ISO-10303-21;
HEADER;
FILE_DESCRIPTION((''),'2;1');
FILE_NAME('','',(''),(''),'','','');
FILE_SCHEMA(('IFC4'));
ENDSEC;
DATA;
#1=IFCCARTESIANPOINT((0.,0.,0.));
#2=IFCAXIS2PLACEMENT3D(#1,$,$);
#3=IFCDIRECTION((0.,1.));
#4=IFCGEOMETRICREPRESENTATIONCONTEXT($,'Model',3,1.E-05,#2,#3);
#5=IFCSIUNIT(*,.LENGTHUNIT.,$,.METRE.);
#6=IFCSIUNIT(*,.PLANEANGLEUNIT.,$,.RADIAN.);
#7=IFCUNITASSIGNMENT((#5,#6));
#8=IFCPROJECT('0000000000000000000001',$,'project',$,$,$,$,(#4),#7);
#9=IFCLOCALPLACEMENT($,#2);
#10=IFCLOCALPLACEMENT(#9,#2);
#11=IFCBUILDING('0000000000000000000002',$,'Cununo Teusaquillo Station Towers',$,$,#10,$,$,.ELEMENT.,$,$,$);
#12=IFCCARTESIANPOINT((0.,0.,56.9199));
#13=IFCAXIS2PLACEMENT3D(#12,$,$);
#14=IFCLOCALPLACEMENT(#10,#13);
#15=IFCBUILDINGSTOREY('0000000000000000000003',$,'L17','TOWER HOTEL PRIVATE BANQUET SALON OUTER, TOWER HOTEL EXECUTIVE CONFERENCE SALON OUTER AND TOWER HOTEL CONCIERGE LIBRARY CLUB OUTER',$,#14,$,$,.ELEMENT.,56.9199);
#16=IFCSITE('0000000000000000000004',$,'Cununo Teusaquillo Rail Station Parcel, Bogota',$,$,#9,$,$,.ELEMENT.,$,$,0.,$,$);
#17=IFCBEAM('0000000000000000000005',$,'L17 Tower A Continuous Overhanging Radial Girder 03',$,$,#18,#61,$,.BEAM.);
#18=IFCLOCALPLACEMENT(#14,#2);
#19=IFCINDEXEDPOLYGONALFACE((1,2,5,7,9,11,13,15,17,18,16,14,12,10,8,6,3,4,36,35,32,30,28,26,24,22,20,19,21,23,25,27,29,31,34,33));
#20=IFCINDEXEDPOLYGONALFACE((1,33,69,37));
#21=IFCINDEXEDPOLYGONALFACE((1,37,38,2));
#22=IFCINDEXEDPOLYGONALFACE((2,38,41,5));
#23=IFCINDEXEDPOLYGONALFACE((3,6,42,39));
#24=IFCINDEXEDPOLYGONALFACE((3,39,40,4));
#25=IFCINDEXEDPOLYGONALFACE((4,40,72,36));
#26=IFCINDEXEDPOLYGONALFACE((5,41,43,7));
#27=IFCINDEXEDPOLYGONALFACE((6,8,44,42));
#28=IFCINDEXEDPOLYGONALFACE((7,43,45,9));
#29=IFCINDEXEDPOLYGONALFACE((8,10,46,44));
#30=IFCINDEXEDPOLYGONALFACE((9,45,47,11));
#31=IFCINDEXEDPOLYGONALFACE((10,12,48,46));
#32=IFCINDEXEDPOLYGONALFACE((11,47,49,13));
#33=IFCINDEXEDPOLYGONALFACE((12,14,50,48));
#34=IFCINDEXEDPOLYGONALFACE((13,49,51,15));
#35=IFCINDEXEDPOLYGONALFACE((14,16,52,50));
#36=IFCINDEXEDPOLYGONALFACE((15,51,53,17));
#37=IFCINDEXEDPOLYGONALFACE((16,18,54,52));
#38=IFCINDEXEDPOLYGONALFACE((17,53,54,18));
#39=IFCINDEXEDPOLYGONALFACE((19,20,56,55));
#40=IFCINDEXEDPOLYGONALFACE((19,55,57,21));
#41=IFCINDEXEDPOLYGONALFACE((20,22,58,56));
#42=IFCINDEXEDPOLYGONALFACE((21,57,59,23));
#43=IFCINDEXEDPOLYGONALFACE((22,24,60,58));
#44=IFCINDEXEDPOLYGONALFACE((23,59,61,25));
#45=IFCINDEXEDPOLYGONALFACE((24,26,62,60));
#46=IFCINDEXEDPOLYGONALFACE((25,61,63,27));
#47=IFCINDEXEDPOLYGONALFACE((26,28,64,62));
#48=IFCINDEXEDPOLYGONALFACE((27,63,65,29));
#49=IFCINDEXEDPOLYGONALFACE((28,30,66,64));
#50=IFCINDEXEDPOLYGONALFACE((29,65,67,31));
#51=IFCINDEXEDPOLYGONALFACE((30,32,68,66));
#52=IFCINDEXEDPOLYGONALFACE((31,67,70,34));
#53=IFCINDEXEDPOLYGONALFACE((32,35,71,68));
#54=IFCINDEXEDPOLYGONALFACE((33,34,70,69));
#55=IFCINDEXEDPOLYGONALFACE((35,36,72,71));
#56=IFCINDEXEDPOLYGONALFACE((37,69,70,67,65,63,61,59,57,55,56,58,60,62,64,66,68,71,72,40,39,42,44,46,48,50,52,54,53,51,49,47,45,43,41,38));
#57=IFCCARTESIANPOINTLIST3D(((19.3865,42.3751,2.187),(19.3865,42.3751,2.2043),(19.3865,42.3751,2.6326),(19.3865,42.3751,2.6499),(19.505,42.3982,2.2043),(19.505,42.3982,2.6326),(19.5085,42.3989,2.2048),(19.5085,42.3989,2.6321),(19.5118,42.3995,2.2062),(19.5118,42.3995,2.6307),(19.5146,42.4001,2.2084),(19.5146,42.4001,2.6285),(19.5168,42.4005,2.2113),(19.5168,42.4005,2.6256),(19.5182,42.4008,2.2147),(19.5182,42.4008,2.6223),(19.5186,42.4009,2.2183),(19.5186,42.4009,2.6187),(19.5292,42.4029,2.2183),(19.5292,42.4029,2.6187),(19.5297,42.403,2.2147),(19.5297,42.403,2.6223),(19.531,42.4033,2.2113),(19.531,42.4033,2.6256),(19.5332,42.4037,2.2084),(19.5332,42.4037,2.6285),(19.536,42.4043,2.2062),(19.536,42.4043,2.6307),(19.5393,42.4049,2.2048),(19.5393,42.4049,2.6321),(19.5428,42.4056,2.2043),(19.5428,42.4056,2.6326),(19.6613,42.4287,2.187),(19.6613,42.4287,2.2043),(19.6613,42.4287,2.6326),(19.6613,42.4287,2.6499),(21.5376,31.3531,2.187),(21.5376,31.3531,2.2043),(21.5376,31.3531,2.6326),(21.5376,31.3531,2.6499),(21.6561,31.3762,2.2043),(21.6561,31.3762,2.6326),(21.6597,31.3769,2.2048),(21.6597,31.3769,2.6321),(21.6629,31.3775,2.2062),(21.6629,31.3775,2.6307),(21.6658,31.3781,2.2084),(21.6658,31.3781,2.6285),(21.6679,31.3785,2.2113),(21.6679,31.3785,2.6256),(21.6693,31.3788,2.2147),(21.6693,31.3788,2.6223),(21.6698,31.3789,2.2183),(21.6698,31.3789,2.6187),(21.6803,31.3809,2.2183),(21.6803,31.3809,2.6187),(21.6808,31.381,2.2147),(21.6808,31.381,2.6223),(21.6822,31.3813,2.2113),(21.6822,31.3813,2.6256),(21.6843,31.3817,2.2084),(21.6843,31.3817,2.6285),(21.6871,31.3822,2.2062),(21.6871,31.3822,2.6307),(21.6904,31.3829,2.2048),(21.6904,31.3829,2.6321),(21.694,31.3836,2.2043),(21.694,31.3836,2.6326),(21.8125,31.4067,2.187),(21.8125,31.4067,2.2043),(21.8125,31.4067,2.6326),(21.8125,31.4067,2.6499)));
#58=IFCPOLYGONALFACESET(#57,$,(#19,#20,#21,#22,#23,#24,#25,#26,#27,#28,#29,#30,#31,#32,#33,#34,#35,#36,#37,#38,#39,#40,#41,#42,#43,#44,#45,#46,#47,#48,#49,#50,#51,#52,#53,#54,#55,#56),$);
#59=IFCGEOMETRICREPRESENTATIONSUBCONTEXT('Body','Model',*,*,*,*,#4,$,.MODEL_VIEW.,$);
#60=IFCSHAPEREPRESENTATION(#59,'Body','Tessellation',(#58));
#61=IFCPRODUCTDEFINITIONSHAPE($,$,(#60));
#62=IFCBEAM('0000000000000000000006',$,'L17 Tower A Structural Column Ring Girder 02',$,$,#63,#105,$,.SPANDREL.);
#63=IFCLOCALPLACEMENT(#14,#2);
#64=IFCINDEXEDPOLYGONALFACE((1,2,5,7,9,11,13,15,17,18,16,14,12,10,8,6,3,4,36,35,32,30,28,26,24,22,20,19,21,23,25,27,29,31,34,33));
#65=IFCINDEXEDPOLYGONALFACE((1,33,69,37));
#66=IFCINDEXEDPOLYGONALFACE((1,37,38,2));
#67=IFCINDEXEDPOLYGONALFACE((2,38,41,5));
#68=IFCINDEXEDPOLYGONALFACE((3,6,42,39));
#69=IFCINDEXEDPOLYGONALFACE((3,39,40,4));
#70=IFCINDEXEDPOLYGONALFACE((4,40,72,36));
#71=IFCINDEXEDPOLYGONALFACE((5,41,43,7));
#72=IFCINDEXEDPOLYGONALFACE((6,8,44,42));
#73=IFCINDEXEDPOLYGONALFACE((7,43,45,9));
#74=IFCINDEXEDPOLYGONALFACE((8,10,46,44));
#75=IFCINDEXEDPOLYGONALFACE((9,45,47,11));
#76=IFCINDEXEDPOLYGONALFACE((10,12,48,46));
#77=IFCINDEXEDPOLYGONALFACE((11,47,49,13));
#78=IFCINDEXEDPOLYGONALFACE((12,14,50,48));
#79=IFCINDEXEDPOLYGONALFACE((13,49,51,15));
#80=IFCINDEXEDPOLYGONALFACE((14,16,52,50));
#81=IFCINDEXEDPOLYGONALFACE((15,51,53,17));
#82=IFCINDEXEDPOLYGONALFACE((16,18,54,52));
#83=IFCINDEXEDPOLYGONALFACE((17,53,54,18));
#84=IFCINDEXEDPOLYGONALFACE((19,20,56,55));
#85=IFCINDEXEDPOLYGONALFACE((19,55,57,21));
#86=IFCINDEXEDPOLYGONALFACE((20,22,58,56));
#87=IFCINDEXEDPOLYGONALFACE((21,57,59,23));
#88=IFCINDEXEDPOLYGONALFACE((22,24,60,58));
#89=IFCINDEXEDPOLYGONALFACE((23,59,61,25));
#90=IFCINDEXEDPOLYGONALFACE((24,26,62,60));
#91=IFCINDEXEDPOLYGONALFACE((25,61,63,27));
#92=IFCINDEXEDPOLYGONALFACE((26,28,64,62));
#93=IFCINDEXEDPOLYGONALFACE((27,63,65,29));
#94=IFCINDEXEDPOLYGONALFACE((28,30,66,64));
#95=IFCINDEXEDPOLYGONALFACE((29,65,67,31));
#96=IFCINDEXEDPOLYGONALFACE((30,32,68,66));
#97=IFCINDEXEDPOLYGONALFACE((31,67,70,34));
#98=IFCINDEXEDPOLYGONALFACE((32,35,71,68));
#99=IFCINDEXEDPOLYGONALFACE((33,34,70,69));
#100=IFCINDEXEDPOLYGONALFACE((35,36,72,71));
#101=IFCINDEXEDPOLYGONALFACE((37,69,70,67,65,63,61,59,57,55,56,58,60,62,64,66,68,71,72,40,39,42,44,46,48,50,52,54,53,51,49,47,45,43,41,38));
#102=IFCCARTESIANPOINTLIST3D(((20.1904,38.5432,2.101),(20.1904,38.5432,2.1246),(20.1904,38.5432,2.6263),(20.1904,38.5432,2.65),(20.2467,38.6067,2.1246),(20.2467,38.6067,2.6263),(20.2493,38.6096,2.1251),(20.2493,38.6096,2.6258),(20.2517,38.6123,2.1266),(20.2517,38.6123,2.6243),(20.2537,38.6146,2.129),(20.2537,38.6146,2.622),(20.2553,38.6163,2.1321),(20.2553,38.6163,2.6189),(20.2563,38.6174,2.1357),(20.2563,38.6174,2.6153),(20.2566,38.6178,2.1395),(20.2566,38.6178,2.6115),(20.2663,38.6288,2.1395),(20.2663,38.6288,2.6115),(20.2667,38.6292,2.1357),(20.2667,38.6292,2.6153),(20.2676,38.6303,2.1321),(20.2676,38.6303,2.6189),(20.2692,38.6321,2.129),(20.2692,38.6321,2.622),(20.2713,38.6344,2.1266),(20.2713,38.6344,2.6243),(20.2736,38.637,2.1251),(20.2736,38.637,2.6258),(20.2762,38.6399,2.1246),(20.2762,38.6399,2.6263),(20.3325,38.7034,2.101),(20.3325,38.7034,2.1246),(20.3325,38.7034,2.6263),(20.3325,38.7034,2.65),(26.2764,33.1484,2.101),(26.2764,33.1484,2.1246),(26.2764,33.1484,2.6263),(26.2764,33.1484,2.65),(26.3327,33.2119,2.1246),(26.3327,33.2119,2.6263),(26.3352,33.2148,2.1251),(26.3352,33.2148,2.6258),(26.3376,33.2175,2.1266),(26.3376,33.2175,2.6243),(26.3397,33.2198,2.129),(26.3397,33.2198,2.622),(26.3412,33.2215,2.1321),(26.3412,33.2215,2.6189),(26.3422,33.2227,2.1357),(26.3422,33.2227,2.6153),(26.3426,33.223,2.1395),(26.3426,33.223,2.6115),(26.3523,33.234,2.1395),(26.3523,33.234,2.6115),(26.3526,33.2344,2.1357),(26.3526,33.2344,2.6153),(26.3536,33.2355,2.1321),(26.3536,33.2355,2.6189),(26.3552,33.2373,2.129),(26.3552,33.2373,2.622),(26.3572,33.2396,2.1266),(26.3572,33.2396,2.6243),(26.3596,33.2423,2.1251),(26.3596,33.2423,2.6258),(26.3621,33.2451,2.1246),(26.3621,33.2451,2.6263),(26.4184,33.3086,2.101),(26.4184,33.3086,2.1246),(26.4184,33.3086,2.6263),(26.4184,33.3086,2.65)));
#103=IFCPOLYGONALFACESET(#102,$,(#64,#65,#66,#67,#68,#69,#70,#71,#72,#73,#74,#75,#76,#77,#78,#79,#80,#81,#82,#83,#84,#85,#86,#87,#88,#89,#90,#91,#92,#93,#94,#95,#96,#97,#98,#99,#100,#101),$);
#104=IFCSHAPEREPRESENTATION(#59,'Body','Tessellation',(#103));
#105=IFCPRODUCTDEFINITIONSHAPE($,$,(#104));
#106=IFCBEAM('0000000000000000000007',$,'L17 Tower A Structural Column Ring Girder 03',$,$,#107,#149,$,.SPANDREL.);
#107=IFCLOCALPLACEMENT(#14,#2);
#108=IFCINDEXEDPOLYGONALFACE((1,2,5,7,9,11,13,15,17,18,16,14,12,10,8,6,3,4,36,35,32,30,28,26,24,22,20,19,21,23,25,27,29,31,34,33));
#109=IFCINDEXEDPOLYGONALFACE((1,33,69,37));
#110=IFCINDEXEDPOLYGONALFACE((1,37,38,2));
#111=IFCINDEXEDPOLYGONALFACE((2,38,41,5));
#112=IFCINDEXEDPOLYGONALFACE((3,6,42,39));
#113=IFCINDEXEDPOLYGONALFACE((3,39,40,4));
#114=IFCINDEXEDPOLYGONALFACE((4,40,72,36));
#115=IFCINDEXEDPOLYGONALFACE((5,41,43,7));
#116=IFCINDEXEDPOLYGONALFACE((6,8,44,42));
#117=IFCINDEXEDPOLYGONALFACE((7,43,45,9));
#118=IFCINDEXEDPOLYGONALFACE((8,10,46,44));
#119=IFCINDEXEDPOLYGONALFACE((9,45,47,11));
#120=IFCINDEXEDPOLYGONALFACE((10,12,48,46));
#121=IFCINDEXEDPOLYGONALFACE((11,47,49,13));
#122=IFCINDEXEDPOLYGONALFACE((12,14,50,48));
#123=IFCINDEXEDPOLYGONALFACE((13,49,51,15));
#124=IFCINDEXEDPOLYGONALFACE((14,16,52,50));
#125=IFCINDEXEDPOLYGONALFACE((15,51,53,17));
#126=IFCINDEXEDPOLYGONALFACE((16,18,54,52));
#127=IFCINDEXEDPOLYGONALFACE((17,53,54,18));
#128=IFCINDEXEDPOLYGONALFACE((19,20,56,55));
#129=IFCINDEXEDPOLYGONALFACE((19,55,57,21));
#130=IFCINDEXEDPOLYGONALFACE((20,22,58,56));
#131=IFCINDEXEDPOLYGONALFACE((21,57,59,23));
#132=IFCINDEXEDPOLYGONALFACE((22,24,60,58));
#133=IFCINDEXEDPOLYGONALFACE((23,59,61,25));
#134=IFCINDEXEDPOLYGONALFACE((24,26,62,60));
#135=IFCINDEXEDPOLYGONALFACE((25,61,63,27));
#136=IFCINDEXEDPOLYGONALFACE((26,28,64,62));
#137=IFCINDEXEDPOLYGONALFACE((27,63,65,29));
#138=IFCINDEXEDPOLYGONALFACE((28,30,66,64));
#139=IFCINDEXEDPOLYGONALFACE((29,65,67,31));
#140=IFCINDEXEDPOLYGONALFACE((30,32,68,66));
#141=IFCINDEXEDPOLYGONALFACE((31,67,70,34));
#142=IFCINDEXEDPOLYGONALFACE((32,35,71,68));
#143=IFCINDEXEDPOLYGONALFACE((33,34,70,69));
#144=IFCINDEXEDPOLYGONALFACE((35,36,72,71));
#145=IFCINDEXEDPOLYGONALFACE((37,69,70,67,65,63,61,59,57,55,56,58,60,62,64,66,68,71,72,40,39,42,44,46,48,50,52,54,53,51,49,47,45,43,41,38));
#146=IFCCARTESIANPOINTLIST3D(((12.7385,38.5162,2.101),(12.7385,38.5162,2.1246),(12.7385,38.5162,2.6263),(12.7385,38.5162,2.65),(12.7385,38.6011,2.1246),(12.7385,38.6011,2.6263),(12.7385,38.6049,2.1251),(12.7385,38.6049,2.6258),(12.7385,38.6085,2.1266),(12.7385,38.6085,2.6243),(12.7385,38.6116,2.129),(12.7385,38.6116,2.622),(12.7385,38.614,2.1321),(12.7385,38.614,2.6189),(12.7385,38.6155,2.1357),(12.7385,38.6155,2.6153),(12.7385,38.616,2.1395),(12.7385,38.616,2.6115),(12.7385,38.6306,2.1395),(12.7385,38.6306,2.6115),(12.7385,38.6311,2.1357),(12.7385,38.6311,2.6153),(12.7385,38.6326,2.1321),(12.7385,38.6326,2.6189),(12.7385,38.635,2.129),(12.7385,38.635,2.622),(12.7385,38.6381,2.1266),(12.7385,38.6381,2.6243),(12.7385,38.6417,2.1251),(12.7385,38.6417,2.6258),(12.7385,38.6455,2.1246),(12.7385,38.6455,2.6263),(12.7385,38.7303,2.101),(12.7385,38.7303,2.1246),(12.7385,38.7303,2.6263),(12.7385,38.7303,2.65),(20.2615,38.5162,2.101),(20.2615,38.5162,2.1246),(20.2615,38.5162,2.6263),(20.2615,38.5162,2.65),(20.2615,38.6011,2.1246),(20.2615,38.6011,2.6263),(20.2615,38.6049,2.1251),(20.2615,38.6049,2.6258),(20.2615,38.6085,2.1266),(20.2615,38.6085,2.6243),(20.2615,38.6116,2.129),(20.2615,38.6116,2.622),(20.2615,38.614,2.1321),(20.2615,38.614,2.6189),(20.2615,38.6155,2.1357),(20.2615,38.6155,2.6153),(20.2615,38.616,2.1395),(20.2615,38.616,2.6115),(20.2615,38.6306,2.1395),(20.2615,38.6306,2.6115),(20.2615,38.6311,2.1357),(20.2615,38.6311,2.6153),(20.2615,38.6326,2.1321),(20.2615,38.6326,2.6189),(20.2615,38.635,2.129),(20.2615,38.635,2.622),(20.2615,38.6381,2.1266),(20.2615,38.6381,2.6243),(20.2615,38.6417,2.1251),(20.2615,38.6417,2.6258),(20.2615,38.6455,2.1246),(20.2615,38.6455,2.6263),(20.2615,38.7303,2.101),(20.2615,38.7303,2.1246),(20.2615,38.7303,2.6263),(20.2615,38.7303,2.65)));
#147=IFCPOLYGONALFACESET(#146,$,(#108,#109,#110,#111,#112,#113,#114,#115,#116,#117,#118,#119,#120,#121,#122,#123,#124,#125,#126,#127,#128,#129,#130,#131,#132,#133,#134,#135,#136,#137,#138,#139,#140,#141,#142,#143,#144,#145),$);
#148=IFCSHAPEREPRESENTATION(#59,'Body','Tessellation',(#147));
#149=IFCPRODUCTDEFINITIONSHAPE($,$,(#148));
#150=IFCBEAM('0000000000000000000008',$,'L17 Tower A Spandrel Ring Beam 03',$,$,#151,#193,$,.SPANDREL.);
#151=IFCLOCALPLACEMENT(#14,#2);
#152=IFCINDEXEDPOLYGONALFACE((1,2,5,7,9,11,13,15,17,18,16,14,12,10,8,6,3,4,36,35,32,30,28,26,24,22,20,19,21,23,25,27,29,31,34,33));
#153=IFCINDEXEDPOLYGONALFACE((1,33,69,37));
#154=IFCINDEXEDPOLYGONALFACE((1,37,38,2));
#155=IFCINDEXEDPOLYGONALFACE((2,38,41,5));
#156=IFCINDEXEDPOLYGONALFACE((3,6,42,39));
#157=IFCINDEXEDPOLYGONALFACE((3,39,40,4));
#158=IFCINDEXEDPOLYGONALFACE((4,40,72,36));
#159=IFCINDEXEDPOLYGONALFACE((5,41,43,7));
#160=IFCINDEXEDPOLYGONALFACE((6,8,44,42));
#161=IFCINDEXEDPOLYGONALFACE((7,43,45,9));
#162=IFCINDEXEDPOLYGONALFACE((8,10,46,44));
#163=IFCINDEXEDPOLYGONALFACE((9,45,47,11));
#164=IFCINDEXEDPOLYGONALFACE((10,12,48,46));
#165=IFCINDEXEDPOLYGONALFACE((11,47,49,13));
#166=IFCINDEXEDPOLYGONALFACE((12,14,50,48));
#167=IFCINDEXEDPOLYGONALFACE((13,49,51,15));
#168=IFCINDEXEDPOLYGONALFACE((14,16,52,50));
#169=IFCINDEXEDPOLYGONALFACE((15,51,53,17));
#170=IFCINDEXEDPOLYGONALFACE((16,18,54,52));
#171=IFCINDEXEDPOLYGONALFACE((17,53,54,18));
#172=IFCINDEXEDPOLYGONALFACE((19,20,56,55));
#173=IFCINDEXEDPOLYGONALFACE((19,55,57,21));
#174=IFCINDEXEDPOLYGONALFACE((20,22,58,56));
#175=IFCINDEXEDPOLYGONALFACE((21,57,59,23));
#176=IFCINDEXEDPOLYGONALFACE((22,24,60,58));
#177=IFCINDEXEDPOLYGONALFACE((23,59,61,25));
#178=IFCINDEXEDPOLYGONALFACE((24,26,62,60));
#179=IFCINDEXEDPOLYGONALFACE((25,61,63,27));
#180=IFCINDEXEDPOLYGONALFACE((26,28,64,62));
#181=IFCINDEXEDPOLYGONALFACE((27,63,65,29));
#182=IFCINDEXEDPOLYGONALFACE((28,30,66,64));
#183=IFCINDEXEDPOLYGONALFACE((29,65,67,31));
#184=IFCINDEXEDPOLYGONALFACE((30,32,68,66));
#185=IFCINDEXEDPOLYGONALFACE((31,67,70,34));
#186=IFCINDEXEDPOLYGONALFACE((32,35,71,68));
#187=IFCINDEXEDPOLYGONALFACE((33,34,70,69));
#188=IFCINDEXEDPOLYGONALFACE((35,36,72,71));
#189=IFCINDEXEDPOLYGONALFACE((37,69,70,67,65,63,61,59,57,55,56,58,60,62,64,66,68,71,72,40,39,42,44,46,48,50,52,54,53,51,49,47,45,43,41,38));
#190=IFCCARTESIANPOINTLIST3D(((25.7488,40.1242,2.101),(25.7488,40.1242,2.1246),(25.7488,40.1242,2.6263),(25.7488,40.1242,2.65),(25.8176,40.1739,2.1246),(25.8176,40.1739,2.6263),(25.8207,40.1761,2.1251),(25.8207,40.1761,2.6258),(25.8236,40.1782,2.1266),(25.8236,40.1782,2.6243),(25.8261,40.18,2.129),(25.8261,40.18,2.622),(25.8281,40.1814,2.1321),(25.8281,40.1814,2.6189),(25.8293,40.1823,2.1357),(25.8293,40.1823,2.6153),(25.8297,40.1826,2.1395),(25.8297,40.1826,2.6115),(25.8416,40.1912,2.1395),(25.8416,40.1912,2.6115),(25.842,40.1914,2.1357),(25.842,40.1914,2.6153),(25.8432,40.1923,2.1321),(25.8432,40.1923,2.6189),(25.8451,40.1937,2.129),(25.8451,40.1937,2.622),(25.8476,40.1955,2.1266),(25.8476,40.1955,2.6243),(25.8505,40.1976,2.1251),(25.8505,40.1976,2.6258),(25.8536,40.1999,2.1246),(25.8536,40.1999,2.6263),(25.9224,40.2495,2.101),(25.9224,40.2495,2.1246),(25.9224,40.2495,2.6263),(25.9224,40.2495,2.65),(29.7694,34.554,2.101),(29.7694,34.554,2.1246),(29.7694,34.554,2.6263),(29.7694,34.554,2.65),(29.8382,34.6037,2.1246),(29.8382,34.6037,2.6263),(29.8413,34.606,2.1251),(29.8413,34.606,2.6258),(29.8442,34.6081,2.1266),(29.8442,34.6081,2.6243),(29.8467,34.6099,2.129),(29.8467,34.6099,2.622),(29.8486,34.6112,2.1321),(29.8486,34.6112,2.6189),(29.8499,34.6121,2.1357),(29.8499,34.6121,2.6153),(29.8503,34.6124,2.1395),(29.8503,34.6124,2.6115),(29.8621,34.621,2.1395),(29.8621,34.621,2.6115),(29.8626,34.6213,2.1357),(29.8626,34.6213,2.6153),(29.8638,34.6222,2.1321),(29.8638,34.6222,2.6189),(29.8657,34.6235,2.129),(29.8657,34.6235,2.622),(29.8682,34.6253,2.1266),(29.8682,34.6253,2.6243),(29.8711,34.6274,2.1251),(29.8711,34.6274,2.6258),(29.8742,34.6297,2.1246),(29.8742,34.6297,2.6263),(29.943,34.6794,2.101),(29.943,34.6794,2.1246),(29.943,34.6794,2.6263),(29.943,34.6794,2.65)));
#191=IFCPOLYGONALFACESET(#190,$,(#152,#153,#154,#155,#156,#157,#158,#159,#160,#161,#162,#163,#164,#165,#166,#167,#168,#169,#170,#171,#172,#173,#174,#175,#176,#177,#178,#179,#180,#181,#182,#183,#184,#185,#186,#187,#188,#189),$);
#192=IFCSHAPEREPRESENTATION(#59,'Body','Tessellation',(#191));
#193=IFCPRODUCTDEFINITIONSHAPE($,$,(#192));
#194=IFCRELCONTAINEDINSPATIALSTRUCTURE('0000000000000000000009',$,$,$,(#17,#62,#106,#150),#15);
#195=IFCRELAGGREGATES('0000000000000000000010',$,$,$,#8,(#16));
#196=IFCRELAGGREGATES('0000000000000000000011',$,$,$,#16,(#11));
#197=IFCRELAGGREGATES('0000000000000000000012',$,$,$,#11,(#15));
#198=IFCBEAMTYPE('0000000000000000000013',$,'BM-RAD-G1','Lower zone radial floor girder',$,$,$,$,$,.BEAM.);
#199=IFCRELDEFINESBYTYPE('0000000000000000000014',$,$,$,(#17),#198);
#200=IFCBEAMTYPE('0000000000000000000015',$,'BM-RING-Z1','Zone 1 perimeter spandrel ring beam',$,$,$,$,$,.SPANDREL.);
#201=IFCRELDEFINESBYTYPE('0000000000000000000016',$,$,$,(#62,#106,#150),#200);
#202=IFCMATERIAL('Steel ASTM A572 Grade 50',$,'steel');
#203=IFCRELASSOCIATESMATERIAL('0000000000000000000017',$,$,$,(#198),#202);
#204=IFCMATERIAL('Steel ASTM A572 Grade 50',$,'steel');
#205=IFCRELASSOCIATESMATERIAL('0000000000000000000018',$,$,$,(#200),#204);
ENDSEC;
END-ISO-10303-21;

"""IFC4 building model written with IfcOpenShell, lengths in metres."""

from ifc_helpers import new_model, si_unit, direction, frame, origin, origin_2d, place, context, subcontext, project, spatial, i_section, extrude, material, material_profile, profile_set, type_object, element, save


model = new_model("IFC4")

# Units and contexts
model_context = context("Model", 3, precision=1e-05, world=origin(), true_north=direction((0.0, 1.0)))
body_context = subcontext(model_context, "Body", "Model", "MODEL_VIEW")
ifc_project = project(units=[si_unit("LENGTHUNIT", "METRE"), si_unit("PLANEANGLEUNIT", "RADIAN")], contexts=[model_context])

# Site, building, storey
site_placement = place(None, origin())
site = spatial("IfcSite", under=ifc_project, at=site_placement, Name="Cununo Teusaquillo Rail Station Parcel, Bogota", CompositionType="ELEMENT", RefElevation=0.0)
building_placement = place(site_placement, origin())
building = spatial("IfcBuilding", under=site, at=building_placement, Name="Cununo Teusaquillo Station Towers", CompositionType="ELEMENT")
storey_placement = place(building_placement, frame((0.0, 0.0, 56.9199)))
storey = spatial("IfcBuildingStorey", under=building, at=storey_placement, Name="L17", Description="TOWER HOTEL PRIVATE BANQUET SALON OUTER, TOWER HOTEL EXECUTIVE CONFERENCE SALON OUTER AND TOWER HOTEL CONCIERGE LIBRARY CLUB OUTER", CompositionType="ELEMENT", Elevation=56.9199)

# Beams
ifc_material_1 = material(Name="Steel ASTM A572 Grade 50", Category="steel")
ifc_material_profile_1 = material_profile(ifc_material_1, i_section(OverallWidth=0.28, OverallDepth=0.4629, WebThickness=0.0107, FlangeThickness=0.0173, FilletRadius=0.0139, at=origin_2d()), Name="W18X76")
ifc_profile_set_1 = profile_set([ifc_material_profile_1], Name="Steel ASTM A572 Grade 50")
beam_type_1 = type_object("IfcBeamType", Name="BM-RAD-G1", Description="Lower zone radial floor girder", PredefinedType="BEAM", material=ifc_profile_set_1)
beam_1_placement = place(storey_placement, frame((21.675, 31.3799, 2.4185), z_axis=(-0.191553, 0.981482, 0.0), x_axis=(-0.981482, -0.191553, 0.0)))
element("IfcBeam", 1, at=beam_1_placement, inside=storey, type_object=beam_type_1, Name="L17 Tower A Continuous Overhanging Radial Girder 03", PredefinedType="BEAM", context=body_context, shape_type="SweptSolid", body=[
    extrude(i_section(OverallWidth=0.28, OverallDepth=0.4629, WebThickness=0.0107, FlangeThickness=0.0173, FilletRadius=0.0139, at=origin_2d()), origin(), (0.0, 0.0, 1.0), 11.23),
])
ifc_material_2 = material(Name="Steel ASTM A572 Grade 50", Category="steel")
ifc_material_profile_2 = material_profile(ifc_material_2, i_section(OverallWidth=0.2141, OverallDepth=0.5491, WebThickness=0.0146, FlangeThickness=0.0237, FilletRadius=0.0149, at=origin_2d()), Name="W21X93")
ifc_profile_set_2 = profile_set([ifc_material_profile_2], Name="Steel ASTM A572 Grade 50")
beam_type_2 = type_object("IfcBeamType", Name="BM-RING-Z1", Description="Zone 1 perimeter spandrel ring beam", PredefinedType="SPANDREL", material=ifc_profile_set_2)
beam_2_placement = place(storey_placement, frame((26.3474, 33.2285, 2.3755), z_axis=(-0.748321, 0.663337, 0.0), x_axis=(-0.663337, -0.748321, 0.0)))
element("IfcBeam", 2, at=beam_2_placement, inside=storey, type_object=beam_type_2, Name="L17 Tower A Structural Column Ring Girder 02", PredefinedType="SPANDREL", context=body_context, shape_type="SweptSolid", body=[
    extrude(i_section(OverallWidth=0.2141, OverallDepth=0.5491, WebThickness=0.0146, FlangeThickness=0.0237, FilletRadius=0.0149, at=origin_2d()), origin(), (0.0, 0.0, 1.0), 8.1328),
])
beam_3_placement = place(storey_placement, frame((20.2615, 38.6233, 2.3755), z_axis=(-1.0, 0.0, 0.0), x_axis=(0.0, -1.0, 0.0)))
element("IfcBeam", 3, at=beam_3_placement, inside=storey, type_object=beam_type_2, Name="L17 Tower A Structural Column Ring Girder 03", PredefinedType="SPANDREL", context=body_context, shape_type="SweptSolid", body=[
    extrude(i_section(OverallWidth=0.2141, OverallDepth=0.5491, WebThickness=0.0146, FlangeThickness=0.0237, FilletRadius=0.0149, at=origin_2d()), origin(), (0.0, 0.0, 1.0), 7.5229),
])
beam_4_placement = place(storey_placement, frame((29.8562, 34.6167, 2.3755), z_axis=(-0.585269, 0.810839, 0.0), x_axis=(-0.810839, -0.585269, 0.0)))
element("IfcBeam", 4, at=beam_4_placement, inside=storey, type_object=beam_type_2, Name="L17 Tower A Spandrel Ring Beam 03", PredefinedType="SPANDREL", context=body_context, shape_type="SweptSolid", body=[
    extrude(i_section(OverallWidth=0.2141, OverallDepth=0.5491, WebThickness=0.0146, FlangeThickness=0.0237, FilletRadius=0.0149, at=origin_2d()), origin(), (0.0, 0.0, 1.0), 6.8696),
])

save(model, "model.ifc")
